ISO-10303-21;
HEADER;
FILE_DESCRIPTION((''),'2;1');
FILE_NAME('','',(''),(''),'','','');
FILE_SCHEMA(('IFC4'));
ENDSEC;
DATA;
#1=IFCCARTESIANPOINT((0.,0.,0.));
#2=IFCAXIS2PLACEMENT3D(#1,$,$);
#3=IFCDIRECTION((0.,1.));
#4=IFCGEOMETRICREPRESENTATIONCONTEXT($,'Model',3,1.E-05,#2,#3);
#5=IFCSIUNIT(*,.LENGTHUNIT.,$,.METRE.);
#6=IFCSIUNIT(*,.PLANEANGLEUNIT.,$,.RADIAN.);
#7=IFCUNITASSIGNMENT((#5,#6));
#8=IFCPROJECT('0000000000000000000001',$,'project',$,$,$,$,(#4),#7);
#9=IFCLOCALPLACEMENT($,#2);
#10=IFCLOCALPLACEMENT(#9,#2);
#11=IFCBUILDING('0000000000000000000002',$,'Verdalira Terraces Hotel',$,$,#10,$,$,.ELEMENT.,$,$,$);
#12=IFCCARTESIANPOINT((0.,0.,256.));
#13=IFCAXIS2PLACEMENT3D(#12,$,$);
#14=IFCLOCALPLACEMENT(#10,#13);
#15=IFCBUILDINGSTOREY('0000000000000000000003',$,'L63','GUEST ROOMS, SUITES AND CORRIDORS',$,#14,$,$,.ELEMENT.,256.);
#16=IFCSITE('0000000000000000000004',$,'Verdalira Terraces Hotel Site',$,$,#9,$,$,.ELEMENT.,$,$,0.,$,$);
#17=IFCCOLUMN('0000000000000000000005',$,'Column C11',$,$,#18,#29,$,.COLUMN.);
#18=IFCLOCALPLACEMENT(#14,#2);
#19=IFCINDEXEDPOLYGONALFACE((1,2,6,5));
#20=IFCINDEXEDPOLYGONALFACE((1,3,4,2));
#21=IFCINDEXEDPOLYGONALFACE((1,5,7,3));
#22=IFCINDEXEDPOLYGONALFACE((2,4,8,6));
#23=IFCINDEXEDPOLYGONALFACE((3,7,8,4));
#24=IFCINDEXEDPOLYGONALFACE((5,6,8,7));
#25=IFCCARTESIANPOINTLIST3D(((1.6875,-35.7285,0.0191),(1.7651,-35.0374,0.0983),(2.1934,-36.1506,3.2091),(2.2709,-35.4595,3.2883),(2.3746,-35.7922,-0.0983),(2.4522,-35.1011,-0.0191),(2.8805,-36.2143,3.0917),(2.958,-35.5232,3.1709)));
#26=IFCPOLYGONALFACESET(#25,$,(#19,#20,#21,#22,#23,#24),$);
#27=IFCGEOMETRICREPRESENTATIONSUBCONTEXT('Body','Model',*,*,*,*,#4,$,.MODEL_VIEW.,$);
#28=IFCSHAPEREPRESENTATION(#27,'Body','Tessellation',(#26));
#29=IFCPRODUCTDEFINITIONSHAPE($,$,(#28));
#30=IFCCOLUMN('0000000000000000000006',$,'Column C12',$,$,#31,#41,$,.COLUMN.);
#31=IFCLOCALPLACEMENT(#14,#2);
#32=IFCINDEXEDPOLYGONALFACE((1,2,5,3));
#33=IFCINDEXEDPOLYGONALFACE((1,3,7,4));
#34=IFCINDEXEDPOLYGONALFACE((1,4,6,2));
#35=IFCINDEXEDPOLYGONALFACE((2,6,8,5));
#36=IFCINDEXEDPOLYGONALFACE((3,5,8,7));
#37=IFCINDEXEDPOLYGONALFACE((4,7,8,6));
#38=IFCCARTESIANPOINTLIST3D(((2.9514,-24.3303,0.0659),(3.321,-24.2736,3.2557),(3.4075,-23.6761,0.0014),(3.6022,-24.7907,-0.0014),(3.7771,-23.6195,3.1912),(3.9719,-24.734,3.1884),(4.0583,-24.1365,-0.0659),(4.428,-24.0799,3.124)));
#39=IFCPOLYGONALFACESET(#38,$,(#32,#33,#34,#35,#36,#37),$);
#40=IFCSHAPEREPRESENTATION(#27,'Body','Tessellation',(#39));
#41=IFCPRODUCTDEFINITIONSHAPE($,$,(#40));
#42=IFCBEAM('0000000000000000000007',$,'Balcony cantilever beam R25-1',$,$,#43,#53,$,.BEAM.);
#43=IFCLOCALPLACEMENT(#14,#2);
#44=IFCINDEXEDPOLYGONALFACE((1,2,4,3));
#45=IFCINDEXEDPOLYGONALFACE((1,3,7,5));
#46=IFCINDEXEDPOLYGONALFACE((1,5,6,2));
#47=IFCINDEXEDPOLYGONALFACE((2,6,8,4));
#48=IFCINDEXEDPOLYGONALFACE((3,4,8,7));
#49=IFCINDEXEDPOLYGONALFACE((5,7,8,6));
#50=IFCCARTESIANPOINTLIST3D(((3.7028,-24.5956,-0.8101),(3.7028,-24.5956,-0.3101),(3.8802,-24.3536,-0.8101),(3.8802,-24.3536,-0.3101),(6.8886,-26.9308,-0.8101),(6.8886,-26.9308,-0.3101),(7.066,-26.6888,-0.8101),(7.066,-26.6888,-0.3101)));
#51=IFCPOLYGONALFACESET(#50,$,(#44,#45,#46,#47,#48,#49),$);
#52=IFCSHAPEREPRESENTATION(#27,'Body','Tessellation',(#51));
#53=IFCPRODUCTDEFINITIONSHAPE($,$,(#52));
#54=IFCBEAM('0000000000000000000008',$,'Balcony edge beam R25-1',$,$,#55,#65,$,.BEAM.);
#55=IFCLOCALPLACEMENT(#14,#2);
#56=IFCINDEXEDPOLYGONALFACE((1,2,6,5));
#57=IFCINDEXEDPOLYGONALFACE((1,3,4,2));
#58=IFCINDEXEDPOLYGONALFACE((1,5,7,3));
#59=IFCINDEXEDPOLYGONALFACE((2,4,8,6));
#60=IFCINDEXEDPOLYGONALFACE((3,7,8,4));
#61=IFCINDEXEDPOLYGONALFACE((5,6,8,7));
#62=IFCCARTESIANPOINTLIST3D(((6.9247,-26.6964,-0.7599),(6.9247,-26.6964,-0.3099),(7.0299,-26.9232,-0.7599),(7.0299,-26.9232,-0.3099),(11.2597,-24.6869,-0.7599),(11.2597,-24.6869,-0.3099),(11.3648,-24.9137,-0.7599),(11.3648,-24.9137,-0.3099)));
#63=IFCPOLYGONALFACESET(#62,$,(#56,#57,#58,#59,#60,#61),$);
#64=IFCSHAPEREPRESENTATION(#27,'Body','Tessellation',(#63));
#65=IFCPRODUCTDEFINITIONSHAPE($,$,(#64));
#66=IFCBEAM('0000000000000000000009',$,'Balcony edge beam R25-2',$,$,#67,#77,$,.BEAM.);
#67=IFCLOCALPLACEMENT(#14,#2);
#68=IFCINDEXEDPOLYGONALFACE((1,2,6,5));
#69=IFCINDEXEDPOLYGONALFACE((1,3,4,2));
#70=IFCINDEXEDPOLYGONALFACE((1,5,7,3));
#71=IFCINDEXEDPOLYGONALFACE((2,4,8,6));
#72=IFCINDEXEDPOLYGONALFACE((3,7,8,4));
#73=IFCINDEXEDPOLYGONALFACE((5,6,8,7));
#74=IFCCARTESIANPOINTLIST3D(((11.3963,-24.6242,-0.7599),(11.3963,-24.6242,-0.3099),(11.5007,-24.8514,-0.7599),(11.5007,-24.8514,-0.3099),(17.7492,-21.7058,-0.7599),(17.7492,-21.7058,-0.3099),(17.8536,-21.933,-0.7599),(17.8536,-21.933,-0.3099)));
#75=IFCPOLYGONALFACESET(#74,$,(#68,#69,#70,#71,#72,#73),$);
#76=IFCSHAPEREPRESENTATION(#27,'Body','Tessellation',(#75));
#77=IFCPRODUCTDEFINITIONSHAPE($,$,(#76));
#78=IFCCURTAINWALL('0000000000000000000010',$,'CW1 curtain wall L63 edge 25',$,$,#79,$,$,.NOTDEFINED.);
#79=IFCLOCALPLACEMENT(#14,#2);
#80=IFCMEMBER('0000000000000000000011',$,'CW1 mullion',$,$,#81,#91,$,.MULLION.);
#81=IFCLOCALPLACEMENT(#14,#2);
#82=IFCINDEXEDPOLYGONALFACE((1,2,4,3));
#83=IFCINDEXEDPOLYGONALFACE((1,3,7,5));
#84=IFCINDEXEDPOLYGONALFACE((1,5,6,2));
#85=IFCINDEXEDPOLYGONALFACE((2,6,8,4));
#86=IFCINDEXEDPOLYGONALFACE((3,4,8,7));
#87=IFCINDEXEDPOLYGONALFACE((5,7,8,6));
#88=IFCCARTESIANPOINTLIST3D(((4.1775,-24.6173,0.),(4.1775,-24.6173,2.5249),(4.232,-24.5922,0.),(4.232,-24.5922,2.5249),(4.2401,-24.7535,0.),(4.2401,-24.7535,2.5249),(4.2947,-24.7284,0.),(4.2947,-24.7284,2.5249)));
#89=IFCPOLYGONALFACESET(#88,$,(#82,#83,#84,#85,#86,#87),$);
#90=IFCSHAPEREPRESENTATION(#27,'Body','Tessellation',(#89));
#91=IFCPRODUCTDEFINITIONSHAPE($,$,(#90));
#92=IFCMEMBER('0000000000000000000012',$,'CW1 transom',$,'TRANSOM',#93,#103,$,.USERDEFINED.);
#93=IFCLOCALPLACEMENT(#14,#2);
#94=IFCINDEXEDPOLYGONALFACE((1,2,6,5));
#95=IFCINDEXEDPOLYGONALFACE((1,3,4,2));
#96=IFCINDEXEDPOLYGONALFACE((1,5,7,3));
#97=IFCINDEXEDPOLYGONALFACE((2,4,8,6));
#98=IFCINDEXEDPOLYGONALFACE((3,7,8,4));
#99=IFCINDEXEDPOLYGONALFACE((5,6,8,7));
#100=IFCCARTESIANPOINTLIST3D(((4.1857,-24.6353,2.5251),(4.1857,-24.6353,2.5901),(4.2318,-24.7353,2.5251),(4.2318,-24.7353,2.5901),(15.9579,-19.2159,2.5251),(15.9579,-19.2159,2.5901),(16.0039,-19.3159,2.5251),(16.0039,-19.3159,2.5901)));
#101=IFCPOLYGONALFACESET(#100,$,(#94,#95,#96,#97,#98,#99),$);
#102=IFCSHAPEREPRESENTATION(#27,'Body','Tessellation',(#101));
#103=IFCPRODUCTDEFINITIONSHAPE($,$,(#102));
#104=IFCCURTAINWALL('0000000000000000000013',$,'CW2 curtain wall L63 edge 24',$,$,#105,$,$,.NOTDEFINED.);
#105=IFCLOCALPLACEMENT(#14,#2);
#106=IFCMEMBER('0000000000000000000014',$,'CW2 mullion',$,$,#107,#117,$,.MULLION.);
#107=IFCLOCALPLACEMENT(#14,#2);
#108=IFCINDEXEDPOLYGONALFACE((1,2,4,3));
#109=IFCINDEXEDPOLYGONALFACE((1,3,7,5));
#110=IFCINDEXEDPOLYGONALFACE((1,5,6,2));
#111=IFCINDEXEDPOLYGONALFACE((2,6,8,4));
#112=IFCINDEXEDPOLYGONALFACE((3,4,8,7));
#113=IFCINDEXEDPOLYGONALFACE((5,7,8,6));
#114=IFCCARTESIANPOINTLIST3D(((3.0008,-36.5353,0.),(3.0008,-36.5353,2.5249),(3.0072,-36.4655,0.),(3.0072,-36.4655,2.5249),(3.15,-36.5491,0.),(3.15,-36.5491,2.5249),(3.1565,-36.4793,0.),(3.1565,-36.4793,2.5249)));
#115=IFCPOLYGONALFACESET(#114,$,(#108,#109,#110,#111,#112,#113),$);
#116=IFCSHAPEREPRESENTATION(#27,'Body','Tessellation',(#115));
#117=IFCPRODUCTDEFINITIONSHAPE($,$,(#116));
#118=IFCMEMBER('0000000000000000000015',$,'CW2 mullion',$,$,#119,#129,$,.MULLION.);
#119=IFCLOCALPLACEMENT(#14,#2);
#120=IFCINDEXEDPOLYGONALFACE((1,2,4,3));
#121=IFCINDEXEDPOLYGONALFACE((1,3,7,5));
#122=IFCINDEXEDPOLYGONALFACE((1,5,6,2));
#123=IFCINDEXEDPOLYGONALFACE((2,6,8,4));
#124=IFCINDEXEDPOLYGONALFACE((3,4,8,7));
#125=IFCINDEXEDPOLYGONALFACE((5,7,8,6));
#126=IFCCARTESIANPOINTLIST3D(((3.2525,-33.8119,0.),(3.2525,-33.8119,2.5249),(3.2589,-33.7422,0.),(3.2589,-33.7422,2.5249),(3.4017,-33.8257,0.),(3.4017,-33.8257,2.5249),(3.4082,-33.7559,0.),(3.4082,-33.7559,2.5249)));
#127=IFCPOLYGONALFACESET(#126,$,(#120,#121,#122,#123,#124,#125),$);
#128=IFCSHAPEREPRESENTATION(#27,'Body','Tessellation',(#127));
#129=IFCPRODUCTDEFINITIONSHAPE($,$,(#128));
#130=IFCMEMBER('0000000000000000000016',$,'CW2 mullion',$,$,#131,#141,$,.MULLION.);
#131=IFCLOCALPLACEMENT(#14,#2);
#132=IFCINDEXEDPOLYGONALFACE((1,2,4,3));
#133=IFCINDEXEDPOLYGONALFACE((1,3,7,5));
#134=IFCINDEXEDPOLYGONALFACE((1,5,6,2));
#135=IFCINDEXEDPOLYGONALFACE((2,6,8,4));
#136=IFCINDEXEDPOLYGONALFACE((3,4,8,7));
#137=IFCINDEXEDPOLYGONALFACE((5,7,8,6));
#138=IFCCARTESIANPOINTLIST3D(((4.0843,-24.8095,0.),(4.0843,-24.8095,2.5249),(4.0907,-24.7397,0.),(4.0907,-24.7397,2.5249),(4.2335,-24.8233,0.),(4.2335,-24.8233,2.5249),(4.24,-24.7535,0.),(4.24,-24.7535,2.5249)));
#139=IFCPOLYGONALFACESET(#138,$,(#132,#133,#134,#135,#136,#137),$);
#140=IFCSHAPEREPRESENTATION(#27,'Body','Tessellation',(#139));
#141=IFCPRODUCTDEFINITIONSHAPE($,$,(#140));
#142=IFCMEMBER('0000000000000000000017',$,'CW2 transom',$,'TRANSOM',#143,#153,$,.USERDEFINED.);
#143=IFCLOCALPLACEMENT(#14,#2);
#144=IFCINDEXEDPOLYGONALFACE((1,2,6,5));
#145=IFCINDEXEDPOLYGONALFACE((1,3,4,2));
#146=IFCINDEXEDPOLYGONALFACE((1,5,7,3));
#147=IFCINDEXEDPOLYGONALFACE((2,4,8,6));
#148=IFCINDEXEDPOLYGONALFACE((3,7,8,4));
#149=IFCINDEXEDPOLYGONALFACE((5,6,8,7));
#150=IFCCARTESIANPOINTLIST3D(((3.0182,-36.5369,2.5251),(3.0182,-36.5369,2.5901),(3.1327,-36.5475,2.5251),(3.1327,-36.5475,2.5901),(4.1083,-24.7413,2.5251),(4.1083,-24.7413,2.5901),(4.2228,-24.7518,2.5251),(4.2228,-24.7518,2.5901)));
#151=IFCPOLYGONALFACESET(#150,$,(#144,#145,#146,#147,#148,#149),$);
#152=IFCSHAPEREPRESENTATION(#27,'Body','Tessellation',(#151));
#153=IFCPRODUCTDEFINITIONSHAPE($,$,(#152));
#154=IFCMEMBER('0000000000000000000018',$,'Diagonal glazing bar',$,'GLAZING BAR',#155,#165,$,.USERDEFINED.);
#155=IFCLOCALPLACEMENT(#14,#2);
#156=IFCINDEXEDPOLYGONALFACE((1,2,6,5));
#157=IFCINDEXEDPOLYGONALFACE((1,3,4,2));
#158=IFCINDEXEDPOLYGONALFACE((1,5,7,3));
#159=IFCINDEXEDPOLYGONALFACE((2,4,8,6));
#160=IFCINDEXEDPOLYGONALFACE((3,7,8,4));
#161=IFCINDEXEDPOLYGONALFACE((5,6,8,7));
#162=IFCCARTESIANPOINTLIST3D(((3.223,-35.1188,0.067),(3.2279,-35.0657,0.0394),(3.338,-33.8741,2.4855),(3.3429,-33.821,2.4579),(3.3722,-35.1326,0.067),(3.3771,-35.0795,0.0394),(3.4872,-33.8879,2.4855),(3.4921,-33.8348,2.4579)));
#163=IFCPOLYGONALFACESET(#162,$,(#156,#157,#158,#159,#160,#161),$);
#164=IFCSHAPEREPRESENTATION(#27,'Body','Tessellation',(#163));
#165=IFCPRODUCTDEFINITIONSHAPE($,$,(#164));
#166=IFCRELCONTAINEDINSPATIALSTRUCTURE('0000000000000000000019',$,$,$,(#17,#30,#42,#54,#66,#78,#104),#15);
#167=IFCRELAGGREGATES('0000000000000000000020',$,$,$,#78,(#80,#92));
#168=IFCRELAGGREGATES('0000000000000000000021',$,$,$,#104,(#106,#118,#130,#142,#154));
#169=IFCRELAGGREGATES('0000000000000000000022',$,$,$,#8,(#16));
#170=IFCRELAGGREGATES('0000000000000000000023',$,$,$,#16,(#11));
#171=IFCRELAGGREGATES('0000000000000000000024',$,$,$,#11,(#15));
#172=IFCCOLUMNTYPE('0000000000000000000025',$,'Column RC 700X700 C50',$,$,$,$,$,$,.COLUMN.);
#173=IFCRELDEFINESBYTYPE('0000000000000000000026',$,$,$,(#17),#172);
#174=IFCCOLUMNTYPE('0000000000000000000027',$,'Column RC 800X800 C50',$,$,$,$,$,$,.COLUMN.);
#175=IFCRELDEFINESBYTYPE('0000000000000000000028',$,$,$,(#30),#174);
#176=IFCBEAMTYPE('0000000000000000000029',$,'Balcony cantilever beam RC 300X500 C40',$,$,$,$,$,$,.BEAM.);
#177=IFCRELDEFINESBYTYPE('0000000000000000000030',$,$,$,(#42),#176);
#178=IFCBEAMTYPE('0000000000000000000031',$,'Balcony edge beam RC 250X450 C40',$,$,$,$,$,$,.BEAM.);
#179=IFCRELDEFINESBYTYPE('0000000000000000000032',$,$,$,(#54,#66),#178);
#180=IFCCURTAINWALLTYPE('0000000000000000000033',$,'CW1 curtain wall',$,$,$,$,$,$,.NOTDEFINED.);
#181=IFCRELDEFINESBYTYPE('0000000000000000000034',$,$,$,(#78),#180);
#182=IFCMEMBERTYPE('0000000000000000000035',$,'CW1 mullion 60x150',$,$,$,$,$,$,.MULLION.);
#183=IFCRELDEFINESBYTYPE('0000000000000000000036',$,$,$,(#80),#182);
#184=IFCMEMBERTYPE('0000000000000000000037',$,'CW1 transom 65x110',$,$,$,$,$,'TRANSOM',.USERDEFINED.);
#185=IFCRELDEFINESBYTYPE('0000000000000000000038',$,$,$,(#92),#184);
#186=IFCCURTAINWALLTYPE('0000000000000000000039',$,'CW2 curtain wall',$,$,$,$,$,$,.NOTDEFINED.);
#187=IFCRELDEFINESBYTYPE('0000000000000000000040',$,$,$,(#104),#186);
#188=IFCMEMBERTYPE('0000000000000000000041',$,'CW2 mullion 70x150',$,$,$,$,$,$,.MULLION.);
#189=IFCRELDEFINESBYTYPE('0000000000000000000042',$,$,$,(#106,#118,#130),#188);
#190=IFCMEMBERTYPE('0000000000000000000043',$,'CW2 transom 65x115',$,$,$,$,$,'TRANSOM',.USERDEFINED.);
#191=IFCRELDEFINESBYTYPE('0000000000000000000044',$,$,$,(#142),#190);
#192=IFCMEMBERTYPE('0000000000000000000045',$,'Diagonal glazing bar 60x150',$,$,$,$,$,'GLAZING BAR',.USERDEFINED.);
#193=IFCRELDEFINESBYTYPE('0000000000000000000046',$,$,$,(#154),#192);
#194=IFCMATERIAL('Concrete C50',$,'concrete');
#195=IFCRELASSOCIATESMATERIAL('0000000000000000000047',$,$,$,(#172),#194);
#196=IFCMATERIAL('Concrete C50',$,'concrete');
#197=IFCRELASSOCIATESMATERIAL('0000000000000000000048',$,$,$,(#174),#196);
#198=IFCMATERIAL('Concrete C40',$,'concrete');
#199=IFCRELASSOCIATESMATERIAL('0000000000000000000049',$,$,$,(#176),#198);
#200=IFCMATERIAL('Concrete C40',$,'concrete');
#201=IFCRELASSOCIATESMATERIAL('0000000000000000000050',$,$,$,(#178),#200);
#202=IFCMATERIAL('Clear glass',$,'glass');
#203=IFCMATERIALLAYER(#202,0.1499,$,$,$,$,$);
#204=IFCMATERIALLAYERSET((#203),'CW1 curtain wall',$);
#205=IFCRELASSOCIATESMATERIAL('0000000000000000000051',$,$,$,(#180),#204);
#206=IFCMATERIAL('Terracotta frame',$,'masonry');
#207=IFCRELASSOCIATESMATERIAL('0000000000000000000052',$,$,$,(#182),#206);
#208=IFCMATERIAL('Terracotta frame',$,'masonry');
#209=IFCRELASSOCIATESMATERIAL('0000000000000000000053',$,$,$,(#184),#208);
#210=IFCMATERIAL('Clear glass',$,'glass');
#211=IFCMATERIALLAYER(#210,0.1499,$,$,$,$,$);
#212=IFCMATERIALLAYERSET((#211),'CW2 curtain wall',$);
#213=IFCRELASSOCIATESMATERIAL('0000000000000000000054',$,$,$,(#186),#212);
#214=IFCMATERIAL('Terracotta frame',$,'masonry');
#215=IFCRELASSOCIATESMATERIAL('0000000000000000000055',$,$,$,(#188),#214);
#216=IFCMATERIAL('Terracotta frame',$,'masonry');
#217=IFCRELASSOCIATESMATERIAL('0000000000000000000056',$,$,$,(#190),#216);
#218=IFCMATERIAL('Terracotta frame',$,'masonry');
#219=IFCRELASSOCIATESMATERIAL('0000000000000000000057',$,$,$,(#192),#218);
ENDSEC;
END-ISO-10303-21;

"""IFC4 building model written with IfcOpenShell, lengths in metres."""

from ifc_helpers import new_model, si_unit, direction, frame, origin, origin_2d, place, context, subcontext, project, spatial, rectangle, extrude, material, layer, layer_set, material_profile, profile_set, type_object, element, aggregate, save


model = new_model("IFC4")

# Units and contexts
model_context = context("Model", 3, precision=1e-05, world=origin(), true_north=direction((0.0, 1.0)))
body_context = subcontext(model_context, "Body", "Model", "MODEL_VIEW")
ifc_project = project(units=[si_unit("LENGTHUNIT", "METRE"), si_unit("PLANEANGLEUNIT", "RADIAN")], contexts=[model_context])

# Site, building, storey
site_placement = place(None, origin())
site = spatial("IfcSite", under=ifc_project, at=site_placement, Name="Verdalira Terraces Hotel Site", CompositionType="ELEMENT", RefElevation=0.0)
building_placement = place(site_placement, origin())
building = spatial("IfcBuilding", under=site, at=building_placement, Name="Verdalira Terraces Hotel", CompositionType="ELEMENT")
storey_placement = place(building_placement, frame((0.0, 0.0, 256.0)))
storey = spatial("IfcBuildingStorey", under=building, at=storey_placement, Name="L63", Description="GUEST ROOMS, SUITES AND CORRIDORS", CompositionType="ELEMENT", Elevation=256.0)

# Columns
ifc_material_1 = material(Name="Concrete C50", Category="concrete")
ifc_material_profile_1 = material_profile(ifc_material_1, rectangle(XDim=0.7, YDim=0.7, at=origin_2d()), Name="RC 700X700")
ifc_profile_set_1 = profile_set([ifc_material_profile_1], Name="Concrete C50")
column_type_1 = type_object("IfcColumnType", Name="Column RC 700X700 C50", PredefinedType="COLUMN", material=ifc_profile_set_1)
column_1_placement = place(storey_placement, frame((2.0698, -35.4148, 0.0), z_axis=(0.155302, -0.129593, 0.97933), x_axis=(0.110819, 0.987386, 0.113085)))
element("IfcColumn", 1, at=column_1_placement, inside=storey, type_object=column_type_1, Name="Column C11", PredefinedType="COLUMN", context=body_context, shape_type="SweptSolid", body=[
    extrude(rectangle(XDim=0.7, YDim=0.7, at=origin_2d()), origin(), (0.0, 0.0, 1.0), 3.2573),
])
ifc_material_2 = material(Name="Concrete C50", Category="concrete")
ifc_material_profile_2 = material_profile(ifc_material_2, rectangle(XDim=0.8, YDim=0.8, at=origin_2d()), Name="RC 800X800")
ifc_profile_set_2 = profile_set([ifc_material_profile_2], Name="Concrete C50")
column_type_2 = type_object("IfcColumnType", Name="Column RC 800X800 C50", PredefinedType="COLUMN", material=ifc_profile_set_2)
column_2_placement = place(storey_placement, frame((3.5049, -24.2334, 0.0), z_axis=(0.115085, 0.017635, 0.993199), x_axis=(-0.5701, -0.817615, 0.080577)))
element("IfcColumn", 2, at=column_2_placement, inside=storey, type_object=column_type_2, Name="Column C12", PredefinedType="COLUMN", context=body_context, shape_type="SweptSolid", body=[
    extrude(rectangle(XDim=0.8, YDim=0.8, at=origin_2d()), origin(), (0.0, 0.0, 1.0), 3.2117),
])

# Beams
ifc_material_3 = material(Name="Concrete C40", Category="concrete")
ifc_material_profile_3 = material_profile(ifc_material_3, rectangle(XDim=0.3, YDim=0.5, at=origin_2d()), Name="RC 300X500")
ifc_profile_set_3 = profile_set([ifc_material_profile_3], Name="Concrete C40")
beam_type_1 = type_object("IfcBeamType", Name="Balcony cantilever beam RC 300X500 C40", PredefinedType="BEAM", material=ifc_profile_set_3)
beam_1_placement = place(storey_placement, frame((3.7915, -24.4746, -0.5601), z_axis=(0.806531, -0.591192, 0.0), x_axis=(0.591192, 0.806531, 0.0)))
element("IfcBeam", 3, at=beam_1_placement, inside=storey, type_object=beam_type_1, Name="Balcony cantilever beam R25-1", PredefinedType="BEAM", context=body_context, shape_type="SweptSolid", body=[
    extrude(rectangle(XDim=0.3, YDim=0.5, at=origin_2d()), origin(), (0.0, 0.0, 1.0), 3.95),
])
ifc_material_4 = material(Name="Concrete C40", Category="concrete")
ifc_material_profile_4 = material_profile(ifc_material_4, rectangle(XDim=0.25, YDim=0.45, at=origin_2d()), Name="RC 250X450")
ifc_profile_set_4 = profile_set([ifc_material_profile_4], Name="Concrete C40")
beam_type_2 = type_object("IfcBeamType", Name="Balcony edge beam RC 250X450 C40", PredefinedType="BEAM", material=ifc_profile_set_4)
beam_2_placement = place(storey_placement, frame((6.9773, -26.8098, -0.5349), z_axis=(0.90726, 0.420571, 0.0), x_axis=(-0.420571, 0.90726, 0.0)))
element("IfcBeam", 4, at=beam_2_placement, inside=storey, type_object=beam_type_2, Name="Balcony edge beam R25-1", PredefinedType="BEAM", context=body_context, shape_type="SweptSolid", body=[
    extrude(rectangle(XDim=0.25, YDim=0.45, at=origin_2d()), origin(), (0.0, 0.0, 1.0), 4.7781),
])
beam_3_placement = place(storey_placement, frame((11.4485, -24.7378, -0.5349), z_axis=(0.908704, 0.417441, 0.0), x_axis=(-0.417441, 0.908704, 0.0)))
element("IfcBeam", 5, at=beam_3_placement, inside=storey, type_object=beam_type_2, Name="Balcony edge beam R25-2", PredefinedType="BEAM", context=body_context, shape_type="SweptSolid", body=[
    extrude(rectangle(XDim=0.25, YDim=0.45, at=origin_2d()), origin(), (0.0, 0.0, 1.0), 6.9912),
])

# Curtain walls, members
ifc_material_5 = material(Name="Clear glass", Category="glass")
ifc_layer_1 = layer(ifc_material_5, 0.1499)
ifc_layer_set_1 = layer_set([ifc_layer_1], Name="CW1 curtain wall")
curtain_wall_type_1 = type_object("IfcCurtainWallType", Name="CW1 curtain wall", PredefinedType="NOTDEFINED", material=ifc_layer_set_1)
curtain_wall_1_placement = place(storey_placement, origin())
curtain_wall_1 = element("IfcCurtainWall", 6, at=curtain_wall_1_placement, inside=storey, type_object=curtain_wall_type_1, Name="CW1 curtain wall L63 edge 25", PredefinedType="NOTDEFINED")
ifc_material_6 = material(Name="Terracotta frame", Category="masonry")
ifc_material_profile_5 = material_profile(ifc_material_6, rectangle(XDim=0.0601, YDim=0.1499, at=origin_2d()), Name="MU 60x150")
ifc_profile_set_5 = profile_set([ifc_material_profile_5], Name="Terracotta frame")
member_type_1 = type_object("IfcMemberType", Name="CW1 mullion 60x150", PredefinedType="MULLION", material=ifc_profile_set_5)
member_1_placement = place(storey_placement, frame((4.2361, -24.6729, 0.0), z_axis=(0.0, 0.0, 1.0), x_axis=(0.908362, 0.418184, 0.0)))
member_1 = element("IfcMember", 7, at=member_1_placement, type_object=member_type_1, Name="CW1 mullion", PredefinedType="MULLION", context=body_context, shape_type="SweptSolid", body=[
    extrude(rectangle(XDim=0.0601, YDim=0.1499, at=origin_2d()), origin(), (0.0, 0.0, 1.0), 2.5249),
])
ifc_material_7 = material(Name="Terracotta frame", Category="masonry")
ifc_material_profile_6 = material_profile(ifc_material_7, rectangle(XDim=0.1101, YDim=0.0649, at=origin_2d()), Name="TR 65x110")
ifc_profile_set_6 = profile_set([ifc_material_profile_6], Name="Terracotta frame")
member_type_2 = type_object("IfcMemberType", Name="CW1 transom 65x110", ElementType="TRANSOM", PredefinedType="USERDEFINED", material=ifc_profile_set_6)
member_2_placement = place(storey_placement, frame((4.2087, -24.6853, 2.5576), z_axis=(0.908367, 0.418174, 0.0), x_axis=(-0.418174, 0.908367, 0.0)))
member_2 = element("IfcMember", 8, at=member_2_placement, type_object=member_type_2, Name="CW1 transom", ObjectType="TRANSOM", PredefinedType="USERDEFINED", context=body_context, shape_type="SweptSolid", body=[
    extrude(rectangle(XDim=0.1101, YDim=0.0649, at=origin_2d()), origin(), (0.0, 0.0, 1.0), 12.9597),
])
ifc_material_8 = material(Name="Clear glass", Category="glass")
ifc_layer_2 = layer(ifc_material_8, 0.1499)
ifc_layer_set_2 = layer_set([ifc_layer_2], Name="CW2 curtain wall")
curtain_wall_type_2 = type_object("IfcCurtainWallType", Name="CW2 curtain wall", PredefinedType="NOTDEFINED", material=ifc_layer_set_2)
curtain_wall_2_placement = place(storey_placement, origin())
curtain_wall_2 = element("IfcCurtainWall", 9, at=curtain_wall_2_placement, inside=storey, type_object=curtain_wall_type_2, Name="CW2 curtain wall L63 edge 24", PredefinedType="NOTDEFINED")
ifc_material_9 = material(Name="Terracotta frame", Category="masonry")
ifc_material_profile_7 = material_profile(ifc_material_9, rectangle(XDim=0.0701, YDim=0.1499, at=origin_2d()), Name="MU 70x150")
ifc_profile_set_7 = profile_set([ifc_material_profile_7], Name="Terracotta frame")
member_type_3 = type_object("IfcMemberType", Name="CW2 mullion 70x150", PredefinedType="MULLION", material=ifc_profile_set_7)
member_3_placement = place(storey_placement, frame((3.0786, -36.5073, 0.0), z_axis=(0.0, 0.0, 1.0), x_axis=(0.092023, 0.995757, 0.0)))
member_3 = element("IfcMember", 10, at=member_3_placement, type_object=member_type_3, Name="CW2 mullion", PredefinedType="MULLION", context=body_context, shape_type="SweptSolid", body=[
    extrude(rectangle(XDim=0.0701, YDim=0.1499, at=origin_2d()), origin(), (0.0, 0.0, 1.0), 2.5249),
])
member_4_placement = place(storey_placement, frame((3.3303, -33.7839, 0.0), z_axis=(0.0, 0.0, 1.0), x_axis=(0.092023, 0.995757, 0.0)))
member_4 = element("IfcMember", 11, at=member_4_placement, type_object=member_type_3, Name="CW2 mullion", PredefinedType="MULLION", context=body_context, shape_type="SweptSolid", body=[
    extrude(rectangle(XDim=0.0701, YDim=0.1499, at=origin_2d()), origin(), (0.0, 0.0, 1.0), 2.5249),
])
member_5_placement = place(storey_placement, frame((4.1621, -24.7815, 0.0), z_axis=(0.0, 0.0, 1.0), x_axis=(0.092023, 0.995757, 0.0)))
member_5 = element("IfcMember", 12, at=member_5_placement, type_object=member_type_3, Name="CW2 mullion", PredefinedType="MULLION", context=body_context, shape_type="SweptSolid", body=[
    extrude(rectangle(XDim=0.0701, YDim=0.1499, at=origin_2d()), origin(), (0.0, 0.0, 1.0), 2.5249),
])
ifc_material_10 = material(Name="Terracotta frame", Category="masonry")
ifc_material_profile_8 = material_profile(ifc_material_10, rectangle(XDim=0.115, YDim=0.0649, at=origin_2d()), Name="TR 65x115")
ifc_profile_set_8 = profile_set([ifc_material_profile_8], Name="Terracotta frame")
member_type_4 = type_object("IfcMemberType", Name="CW2 transom 65x115", ElementType="TRANSOM", PredefinedType="USERDEFINED", material=ifc_profile_set_8)
member_6_placement = place(storey_placement, frame((3.0754, -36.5422, 2.5576), z_axis=(0.092022, 0.995757, 0.0), x_axis=(-0.995757, 0.092022, 0.0)))
member_6 = element("IfcMember", 13, at=member_6_placement, type_object=member_type_4, Name="CW2 transom", ObjectType="TRANSOM", PredefinedType="USERDEFINED", context=body_context, shape_type="SweptSolid", body=[
    extrude(rectangle(XDim=0.115, YDim=0.0649, at=origin_2d()), origin(), (0.0, 0.0, 1.0), 11.8459),
])
ifc_material_11 = material(Name="Terracotta frame", Category="masonry")
ifc_material_profile_9 = material_profile(ifc_material_11, rectangle(XDim=0.1499, YDim=0.0601, at=origin_2d()), Name="GB 60x150")
ifc_profile_set_9 = profile_set([ifc_material_profile_9], Name="Terracotta frame")
member_type_5 = type_object("IfcMemberType", Name="Diagonal glazing bar 60x150", ElementType="GLAZING BAR", PredefinedType="USERDEFINED", material=ifc_profile_set_9)
member_7_placement = place(storey_placement, frame((3.3, -35.0991, 0.0532), z_axis=(0.042239, 0.457187, 0.888367), x_axis=(-0.995759, 0.091997, 0.0)))
member_7 = element("IfcMember", 14, at=member_7_placement, type_object=member_type_5, Name="Diagonal glazing bar", ObjectType="GLAZING BAR", PredefinedType="USERDEFINED", context=body_context, shape_type="SweptSolid", body=[
    extrude(rectangle(XDim=0.1499, YDim=0.0601, at=origin_2d()), origin(), (0.0, 0.0, 1.0), 2.7224),
])

aggregate(curtain_wall_1, [member_1, member_2])
aggregate(curtain_wall_2, [member_3, member_4, member_5, member_6, member_7])

save(model, "model.ifc")
